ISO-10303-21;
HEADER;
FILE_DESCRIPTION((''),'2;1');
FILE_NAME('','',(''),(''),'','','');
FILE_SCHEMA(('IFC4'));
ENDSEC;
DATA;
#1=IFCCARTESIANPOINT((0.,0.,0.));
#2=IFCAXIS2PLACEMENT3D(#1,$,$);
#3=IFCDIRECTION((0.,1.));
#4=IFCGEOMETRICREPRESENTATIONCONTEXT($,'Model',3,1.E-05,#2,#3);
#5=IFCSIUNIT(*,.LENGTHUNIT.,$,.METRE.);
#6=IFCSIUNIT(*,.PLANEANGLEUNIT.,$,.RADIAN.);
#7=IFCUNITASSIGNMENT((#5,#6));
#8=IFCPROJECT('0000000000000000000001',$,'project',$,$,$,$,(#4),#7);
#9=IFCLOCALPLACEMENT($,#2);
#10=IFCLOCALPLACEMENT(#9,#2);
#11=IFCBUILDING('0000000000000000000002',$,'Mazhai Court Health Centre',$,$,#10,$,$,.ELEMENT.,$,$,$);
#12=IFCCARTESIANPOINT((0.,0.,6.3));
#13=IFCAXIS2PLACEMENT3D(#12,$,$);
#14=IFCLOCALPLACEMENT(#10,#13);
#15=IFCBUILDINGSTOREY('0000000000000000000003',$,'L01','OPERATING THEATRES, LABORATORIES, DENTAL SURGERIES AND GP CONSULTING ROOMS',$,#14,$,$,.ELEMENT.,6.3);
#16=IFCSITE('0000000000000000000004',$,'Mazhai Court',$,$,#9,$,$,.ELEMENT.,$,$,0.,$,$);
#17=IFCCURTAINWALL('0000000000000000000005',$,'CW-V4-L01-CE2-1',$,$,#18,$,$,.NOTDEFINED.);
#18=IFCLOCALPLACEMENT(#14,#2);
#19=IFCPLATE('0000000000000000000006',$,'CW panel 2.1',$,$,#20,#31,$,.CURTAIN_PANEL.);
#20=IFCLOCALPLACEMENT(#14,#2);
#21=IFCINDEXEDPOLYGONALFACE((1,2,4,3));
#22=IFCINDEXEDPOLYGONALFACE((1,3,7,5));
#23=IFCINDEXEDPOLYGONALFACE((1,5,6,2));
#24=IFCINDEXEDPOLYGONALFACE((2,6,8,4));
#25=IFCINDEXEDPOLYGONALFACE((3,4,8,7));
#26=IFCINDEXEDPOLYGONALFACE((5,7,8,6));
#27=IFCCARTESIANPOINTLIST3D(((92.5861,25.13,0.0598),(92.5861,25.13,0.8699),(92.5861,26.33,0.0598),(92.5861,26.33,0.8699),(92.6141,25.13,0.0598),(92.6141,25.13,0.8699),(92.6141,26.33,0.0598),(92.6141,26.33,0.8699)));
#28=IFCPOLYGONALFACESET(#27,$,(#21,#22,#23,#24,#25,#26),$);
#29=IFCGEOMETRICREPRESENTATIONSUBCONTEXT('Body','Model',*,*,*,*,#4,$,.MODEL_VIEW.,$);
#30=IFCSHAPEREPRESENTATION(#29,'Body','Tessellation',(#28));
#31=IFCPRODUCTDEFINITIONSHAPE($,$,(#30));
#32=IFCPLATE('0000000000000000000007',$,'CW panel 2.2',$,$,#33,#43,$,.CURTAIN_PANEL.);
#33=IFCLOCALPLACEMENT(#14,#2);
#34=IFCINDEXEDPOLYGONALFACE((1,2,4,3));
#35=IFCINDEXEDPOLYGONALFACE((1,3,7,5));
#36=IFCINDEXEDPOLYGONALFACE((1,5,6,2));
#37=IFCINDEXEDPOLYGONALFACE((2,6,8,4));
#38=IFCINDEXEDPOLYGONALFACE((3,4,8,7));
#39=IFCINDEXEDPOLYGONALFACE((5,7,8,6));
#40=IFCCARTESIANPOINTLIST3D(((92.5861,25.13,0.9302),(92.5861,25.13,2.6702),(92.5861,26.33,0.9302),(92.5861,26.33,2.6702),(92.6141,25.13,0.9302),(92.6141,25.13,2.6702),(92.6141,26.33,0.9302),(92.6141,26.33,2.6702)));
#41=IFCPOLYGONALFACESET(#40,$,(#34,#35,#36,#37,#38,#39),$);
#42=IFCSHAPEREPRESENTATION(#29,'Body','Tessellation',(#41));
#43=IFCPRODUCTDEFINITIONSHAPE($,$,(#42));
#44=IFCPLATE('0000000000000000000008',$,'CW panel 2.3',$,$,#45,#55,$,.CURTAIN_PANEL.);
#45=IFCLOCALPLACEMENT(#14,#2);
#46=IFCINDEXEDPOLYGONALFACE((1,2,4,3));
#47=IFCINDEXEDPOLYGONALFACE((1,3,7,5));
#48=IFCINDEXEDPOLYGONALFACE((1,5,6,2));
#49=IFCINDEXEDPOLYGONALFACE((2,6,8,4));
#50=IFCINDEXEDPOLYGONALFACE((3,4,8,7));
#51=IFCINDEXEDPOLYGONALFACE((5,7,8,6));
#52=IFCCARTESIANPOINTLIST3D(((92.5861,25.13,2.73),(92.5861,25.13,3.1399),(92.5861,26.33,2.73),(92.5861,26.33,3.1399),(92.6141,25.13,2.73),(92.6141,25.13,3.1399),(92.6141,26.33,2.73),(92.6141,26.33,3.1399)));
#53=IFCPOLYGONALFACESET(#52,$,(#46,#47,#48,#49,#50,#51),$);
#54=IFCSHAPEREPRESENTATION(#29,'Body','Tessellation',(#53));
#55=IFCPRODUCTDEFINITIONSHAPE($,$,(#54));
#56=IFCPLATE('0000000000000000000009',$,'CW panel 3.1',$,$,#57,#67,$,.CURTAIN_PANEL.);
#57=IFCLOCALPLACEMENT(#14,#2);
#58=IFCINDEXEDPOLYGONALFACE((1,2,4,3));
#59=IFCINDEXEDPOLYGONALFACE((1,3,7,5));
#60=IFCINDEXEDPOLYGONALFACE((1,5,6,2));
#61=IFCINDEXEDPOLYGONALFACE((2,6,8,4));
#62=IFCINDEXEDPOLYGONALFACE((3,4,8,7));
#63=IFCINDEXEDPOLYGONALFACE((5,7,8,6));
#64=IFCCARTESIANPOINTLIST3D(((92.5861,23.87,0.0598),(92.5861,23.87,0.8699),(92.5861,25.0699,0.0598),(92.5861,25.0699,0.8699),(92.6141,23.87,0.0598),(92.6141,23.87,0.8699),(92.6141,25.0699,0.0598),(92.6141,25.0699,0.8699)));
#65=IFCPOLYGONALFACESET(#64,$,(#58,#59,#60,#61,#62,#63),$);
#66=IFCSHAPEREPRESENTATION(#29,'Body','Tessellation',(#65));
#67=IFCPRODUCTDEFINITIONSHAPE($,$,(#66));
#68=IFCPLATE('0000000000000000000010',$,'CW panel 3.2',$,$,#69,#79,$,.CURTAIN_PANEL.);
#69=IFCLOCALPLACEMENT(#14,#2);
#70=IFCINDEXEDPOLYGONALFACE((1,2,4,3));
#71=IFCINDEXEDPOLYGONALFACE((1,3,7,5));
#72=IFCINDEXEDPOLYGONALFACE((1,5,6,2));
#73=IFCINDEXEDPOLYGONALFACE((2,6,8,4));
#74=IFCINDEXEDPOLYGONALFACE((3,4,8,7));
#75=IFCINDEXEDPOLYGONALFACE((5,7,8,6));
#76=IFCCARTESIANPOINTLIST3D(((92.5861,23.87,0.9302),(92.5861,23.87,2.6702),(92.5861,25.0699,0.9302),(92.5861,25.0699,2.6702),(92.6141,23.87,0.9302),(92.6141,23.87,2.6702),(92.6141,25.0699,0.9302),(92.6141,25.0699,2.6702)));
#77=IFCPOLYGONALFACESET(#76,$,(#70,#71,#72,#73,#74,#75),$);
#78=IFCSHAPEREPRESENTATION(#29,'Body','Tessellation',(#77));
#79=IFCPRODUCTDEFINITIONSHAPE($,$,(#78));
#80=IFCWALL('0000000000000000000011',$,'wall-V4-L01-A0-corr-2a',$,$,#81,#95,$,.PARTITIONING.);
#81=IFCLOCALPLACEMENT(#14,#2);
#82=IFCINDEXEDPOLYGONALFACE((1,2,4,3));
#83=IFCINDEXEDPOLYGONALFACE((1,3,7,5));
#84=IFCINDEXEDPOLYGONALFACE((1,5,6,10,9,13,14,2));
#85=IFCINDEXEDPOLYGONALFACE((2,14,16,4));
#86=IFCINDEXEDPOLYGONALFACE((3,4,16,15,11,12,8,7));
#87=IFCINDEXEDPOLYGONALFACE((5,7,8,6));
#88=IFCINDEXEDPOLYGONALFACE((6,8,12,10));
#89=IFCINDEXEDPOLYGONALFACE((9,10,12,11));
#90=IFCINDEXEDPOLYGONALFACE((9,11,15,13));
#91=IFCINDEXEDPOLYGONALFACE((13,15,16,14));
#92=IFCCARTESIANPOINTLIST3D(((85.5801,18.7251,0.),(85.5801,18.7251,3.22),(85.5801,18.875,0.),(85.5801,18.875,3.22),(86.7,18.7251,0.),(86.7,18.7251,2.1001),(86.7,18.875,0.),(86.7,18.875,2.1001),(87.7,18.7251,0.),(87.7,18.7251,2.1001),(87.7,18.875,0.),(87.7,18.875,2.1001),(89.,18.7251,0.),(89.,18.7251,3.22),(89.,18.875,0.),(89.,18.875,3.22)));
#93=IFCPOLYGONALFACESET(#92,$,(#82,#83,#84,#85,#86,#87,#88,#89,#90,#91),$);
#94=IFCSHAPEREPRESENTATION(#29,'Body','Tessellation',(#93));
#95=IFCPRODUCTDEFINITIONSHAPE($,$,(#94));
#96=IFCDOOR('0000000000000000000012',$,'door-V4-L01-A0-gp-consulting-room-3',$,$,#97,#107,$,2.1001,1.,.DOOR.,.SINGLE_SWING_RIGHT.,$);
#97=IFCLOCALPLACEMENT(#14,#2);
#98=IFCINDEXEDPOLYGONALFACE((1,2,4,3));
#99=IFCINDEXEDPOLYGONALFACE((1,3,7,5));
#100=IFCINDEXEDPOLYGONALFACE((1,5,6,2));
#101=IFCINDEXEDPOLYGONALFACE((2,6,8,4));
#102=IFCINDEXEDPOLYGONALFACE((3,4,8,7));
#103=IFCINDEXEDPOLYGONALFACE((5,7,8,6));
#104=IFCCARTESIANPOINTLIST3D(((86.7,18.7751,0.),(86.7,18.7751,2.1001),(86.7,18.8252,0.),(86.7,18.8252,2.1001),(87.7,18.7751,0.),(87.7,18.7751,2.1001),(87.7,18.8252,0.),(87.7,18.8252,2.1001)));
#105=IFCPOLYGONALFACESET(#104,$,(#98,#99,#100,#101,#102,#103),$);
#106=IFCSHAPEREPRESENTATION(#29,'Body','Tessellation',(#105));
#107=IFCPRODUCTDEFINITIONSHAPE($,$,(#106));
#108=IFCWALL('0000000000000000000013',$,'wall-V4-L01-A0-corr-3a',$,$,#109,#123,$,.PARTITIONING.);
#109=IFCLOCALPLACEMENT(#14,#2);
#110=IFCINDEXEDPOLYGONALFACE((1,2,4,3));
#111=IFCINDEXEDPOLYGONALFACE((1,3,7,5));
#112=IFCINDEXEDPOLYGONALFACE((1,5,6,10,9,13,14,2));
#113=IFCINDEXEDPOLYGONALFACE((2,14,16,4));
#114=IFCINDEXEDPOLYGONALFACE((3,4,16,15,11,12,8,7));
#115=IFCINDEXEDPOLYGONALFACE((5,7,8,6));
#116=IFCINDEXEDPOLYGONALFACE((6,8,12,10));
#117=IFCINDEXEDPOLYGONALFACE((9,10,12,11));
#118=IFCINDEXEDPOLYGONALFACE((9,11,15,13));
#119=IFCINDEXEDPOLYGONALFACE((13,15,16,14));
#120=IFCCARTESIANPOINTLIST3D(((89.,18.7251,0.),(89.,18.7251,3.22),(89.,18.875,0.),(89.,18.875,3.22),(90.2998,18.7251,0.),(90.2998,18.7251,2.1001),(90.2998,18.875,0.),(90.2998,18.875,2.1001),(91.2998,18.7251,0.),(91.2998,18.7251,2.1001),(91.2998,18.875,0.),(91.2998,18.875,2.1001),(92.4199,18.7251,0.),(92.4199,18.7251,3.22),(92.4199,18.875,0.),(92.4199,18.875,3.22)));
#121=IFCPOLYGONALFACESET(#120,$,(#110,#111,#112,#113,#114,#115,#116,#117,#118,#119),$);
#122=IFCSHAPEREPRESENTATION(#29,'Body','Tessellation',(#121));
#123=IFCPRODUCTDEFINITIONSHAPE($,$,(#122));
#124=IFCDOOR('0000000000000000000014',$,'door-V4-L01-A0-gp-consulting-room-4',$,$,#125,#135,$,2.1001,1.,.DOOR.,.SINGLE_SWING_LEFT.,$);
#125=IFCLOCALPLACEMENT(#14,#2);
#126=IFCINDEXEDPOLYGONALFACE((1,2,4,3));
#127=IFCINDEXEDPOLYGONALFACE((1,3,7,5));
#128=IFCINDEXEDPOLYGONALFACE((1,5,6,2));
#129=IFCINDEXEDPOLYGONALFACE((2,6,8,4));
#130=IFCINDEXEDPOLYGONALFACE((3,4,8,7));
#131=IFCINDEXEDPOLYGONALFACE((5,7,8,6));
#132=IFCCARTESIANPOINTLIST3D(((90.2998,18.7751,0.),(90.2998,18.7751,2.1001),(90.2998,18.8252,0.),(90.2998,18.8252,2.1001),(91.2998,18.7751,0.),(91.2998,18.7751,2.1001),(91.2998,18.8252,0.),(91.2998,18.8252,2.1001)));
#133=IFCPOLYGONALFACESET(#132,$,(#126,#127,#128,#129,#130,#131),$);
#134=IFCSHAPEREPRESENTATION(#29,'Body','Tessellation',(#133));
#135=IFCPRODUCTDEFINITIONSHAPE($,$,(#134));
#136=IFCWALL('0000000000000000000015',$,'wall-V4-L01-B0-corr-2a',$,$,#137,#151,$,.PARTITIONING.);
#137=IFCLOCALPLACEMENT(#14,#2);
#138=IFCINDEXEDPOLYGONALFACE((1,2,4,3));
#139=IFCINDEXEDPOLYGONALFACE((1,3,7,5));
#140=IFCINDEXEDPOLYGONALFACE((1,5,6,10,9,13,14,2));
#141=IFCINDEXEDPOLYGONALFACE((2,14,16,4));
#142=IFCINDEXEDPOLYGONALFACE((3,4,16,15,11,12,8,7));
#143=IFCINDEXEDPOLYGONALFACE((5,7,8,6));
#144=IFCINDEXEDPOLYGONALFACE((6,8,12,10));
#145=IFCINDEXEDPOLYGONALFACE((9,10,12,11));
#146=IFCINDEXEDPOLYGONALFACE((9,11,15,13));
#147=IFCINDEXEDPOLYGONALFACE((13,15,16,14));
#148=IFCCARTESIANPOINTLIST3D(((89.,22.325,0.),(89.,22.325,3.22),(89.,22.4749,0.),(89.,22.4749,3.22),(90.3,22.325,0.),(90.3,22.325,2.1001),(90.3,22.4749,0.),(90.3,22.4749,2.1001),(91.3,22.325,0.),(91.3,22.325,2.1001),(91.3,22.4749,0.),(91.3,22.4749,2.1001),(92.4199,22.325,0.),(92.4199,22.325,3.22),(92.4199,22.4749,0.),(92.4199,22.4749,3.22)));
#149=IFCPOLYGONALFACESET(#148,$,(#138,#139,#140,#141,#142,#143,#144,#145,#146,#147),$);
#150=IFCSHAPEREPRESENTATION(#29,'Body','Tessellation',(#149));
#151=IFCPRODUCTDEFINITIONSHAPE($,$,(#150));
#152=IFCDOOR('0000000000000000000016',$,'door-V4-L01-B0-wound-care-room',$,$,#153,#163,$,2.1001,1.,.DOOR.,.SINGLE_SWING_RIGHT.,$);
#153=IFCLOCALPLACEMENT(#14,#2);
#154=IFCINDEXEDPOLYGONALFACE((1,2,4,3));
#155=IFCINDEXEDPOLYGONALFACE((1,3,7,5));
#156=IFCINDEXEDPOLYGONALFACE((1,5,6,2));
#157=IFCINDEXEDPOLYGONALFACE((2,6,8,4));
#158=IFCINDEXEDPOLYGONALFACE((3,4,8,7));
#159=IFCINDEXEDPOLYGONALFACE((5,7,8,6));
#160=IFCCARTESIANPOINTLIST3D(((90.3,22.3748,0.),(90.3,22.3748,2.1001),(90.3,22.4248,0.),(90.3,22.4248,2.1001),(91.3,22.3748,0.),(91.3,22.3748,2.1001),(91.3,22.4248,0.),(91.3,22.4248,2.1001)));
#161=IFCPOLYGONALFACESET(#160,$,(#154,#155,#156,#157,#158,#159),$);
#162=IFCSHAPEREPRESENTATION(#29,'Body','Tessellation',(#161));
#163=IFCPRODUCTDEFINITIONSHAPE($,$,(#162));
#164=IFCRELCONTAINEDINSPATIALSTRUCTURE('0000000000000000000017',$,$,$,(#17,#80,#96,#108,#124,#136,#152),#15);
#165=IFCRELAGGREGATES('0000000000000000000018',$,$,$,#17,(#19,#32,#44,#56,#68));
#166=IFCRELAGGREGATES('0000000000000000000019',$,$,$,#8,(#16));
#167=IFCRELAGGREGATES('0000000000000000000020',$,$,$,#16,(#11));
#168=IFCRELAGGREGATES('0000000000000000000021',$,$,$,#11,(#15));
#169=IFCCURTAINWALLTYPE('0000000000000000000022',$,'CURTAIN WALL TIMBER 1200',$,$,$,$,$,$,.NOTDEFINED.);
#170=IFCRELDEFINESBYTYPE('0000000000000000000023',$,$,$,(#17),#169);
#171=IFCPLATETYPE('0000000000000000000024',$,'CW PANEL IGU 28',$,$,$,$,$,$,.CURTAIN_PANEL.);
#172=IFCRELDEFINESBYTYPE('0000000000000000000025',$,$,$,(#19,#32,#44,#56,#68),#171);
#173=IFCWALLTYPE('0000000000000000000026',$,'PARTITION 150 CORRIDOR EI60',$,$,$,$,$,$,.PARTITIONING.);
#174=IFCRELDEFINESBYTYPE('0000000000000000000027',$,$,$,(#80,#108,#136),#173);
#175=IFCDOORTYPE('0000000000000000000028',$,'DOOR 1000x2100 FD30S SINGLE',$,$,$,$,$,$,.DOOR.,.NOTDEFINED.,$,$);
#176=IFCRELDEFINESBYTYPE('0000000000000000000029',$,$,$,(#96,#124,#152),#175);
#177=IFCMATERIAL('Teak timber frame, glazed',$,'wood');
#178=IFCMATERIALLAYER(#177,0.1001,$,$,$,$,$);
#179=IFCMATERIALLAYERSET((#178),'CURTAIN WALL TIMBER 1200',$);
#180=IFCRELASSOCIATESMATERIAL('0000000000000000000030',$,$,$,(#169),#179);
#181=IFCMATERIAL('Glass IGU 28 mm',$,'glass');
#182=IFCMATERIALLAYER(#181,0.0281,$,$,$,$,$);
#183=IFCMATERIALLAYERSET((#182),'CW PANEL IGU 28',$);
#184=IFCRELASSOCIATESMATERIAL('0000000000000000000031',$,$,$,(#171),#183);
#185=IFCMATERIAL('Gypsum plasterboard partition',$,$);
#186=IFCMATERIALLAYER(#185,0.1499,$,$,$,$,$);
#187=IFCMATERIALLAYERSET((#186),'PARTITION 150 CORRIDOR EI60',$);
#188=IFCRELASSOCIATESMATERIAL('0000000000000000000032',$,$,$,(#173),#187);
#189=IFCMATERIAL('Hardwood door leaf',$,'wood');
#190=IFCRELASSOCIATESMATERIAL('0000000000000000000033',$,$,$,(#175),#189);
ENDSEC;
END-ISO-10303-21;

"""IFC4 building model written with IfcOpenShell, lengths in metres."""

from ifc_helpers import new_model, si_unit, direction, frame, frame_2d, origin, origin_2d, place, context, subcontext, project, spatial, rectangle, extrude, material, layer, layer_set, type_object, element, fill, aggregate, save


model = new_model("IFC4")

# Units and contexts
model_context = context("Model", 3, precision=1e-05, world=origin(), true_north=direction((0.0, 1.0)))
body_context = subcontext(model_context, "Body", "Model", "MODEL_VIEW")
ifc_project = project(units=[si_unit("LENGTHUNIT", "METRE"), si_unit("PLANEANGLEUNIT", "RADIAN")], contexts=[model_context])

# Site, building, storey
site_placement = place(None, origin())
site = spatial("IfcSite", under=ifc_project, at=site_placement, Name="Mazhai Court", CompositionType="ELEMENT", RefElevation=0.0)
building_placement = place(site_placement, origin())
building = spatial("IfcBuilding", under=site, at=building_placement, Name="Mazhai Court Health Centre", CompositionType="ELEMENT")
storey_placement = place(building_placement, frame((0.0, 0.0, 6.3)))
storey = spatial("IfcBuildingStorey", under=building, at=storey_placement, Name="L01", Description="OPERATING THEATRES, LABORATORIES, DENTAL SURGERIES AND GP CONSULTING ROOMS", CompositionType="ELEMENT", Elevation=6.3)

# Shared definitions
ifc_material_1 = material(Name="Teak timber frame, glazed", Category="wood")
ifc_layer_1 = layer(ifc_material_1, 0.1001)
ifc_layer_set_1 = layer_set([ifc_layer_1], Name="CURTAIN WALL TIMBER 1200")
curtain_wall_type = type_object("IfcCurtainWallType", Name="CURTAIN WALL TIMBER 1200", PredefinedType="NOTDEFINED", material=ifc_layer_set_1)

# Curtain wall
curtain_wall_1_placement = place(storey_placement, origin())
curtain_wall_1 = element("IfcCurtainWall", 1, at=curtain_wall_1_placement, inside=storey, type_object=curtain_wall_type, Name="CW-V4-L01-CE2-1", PredefinedType="NOTDEFINED")

# Plates
ifc_material_2 = material(Name="Glass IGU 28 mm", Category="glass")
ifc_layer_2 = layer(ifc_material_2, 0.0281)
ifc_layer_set_2 = layer_set([ifc_layer_2], Name="CW PANEL IGU 28")
plate_type = type_object("IfcPlateType", Name="CW PANEL IGU 28", PredefinedType="CURTAIN_PANEL", material=ifc_layer_set_2)
plate_1_placement = place(storey_placement, frame((92.6001, 25.73, 0.0598), z_axis=(0.0, 0.0, 1.0), x_axis=(0.0, -1.0, 0.0)))
plate_1 = element("IfcPlate", 2, at=plate_1_placement, type_object=plate_type, Name="CW panel 2.1", PredefinedType="CURTAIN_PANEL", context=body_context, shape_type="SweptSolid", body=[
    extrude(rectangle(XDim=1.2, YDim=0.0281, at=origin_2d()), origin(), (0.0, 0.0, 1.0), 0.8101),
])
plate_2_placement = place(storey_placement, frame((92.6001, 25.73, 0.9302), z_axis=(0.0, 0.0, 1.0), x_axis=(0.0, -1.0, 0.0)))
plate_2 = element("IfcPlate", 3, at=plate_2_placement, type_object=plate_type, Name="CW panel 2.2", PredefinedType="CURTAIN_PANEL", context=body_context, shape_type="SweptSolid", body=[
    extrude(rectangle(XDim=1.2, YDim=0.0281, at=origin_2d()), origin(), (0.0, 0.0, 1.0), 1.74),
])
plate_3_placement = place(storey_placement, frame((92.6001, 25.73, 2.73), z_axis=(0.0, 0.0, 1.0), x_axis=(0.0, -1.0, 0.0)))
plate_3 = element("IfcPlate", 4, at=plate_3_placement, type_object=plate_type, Name="CW panel 2.3", PredefinedType="CURTAIN_PANEL", context=body_context, shape_type="SweptSolid", body=[
    extrude(rectangle(XDim=1.2, YDim=0.0281, at=origin_2d()), origin(), (0.0, 0.0, 1.0), 0.4099),
])
plate_4_placement = place(storey_placement, frame((92.6001, 24.47, 0.0598), z_axis=(0.0, 0.0, 1.0), x_axis=(0.0, -1.0, 0.0)))
plate_4 = element("IfcPlate", 5, at=plate_4_placement, type_object=plate_type, Name="CW panel 3.1", PredefinedType="CURTAIN_PANEL", context=body_context, shape_type="SweptSolid", body=[
    extrude(rectangle(XDim=1.2, YDim=0.0281, at=origin_2d()), origin(), (0.0, 0.0, 1.0), 0.8101),
])
plate_5_placement = place(storey_placement, frame((92.6001, 24.47, 0.9302), z_axis=(0.0, 0.0, 1.0), x_axis=(0.0, -1.0, 0.0)))
plate_5 = element("IfcPlate", 6, at=plate_5_placement, type_object=plate_type, Name="CW panel 3.2", PredefinedType="CURTAIN_PANEL", context=body_context, shape_type="SweptSolid", body=[
    extrude(rectangle(XDim=1.2, YDim=0.0281, at=origin_2d()), origin(), (0.0, 0.0, 1.0), 1.74),
])
aggregate(curtain_wall_1, [plate_1, plate_2, plate_3, plate_4, plate_5])

# Walls, openings, doors
ifc_material_3 = material(Name="Gypsum plasterboard partition")
ifc_layer_3 = layer(ifc_material_3, 0.1499)
ifc_layer_set_3 = layer_set([ifc_layer_3], Name="PARTITION 150 CORRIDOR EI60")
wall_type = type_object("IfcWallType", Name="PARTITION 150 CORRIDOR EI60", PredefinedType="PARTITIONING", material=ifc_layer_set_3)
wall_1_placement = place(storey_placement, frame((89.0, 18.8, 0.0), z_axis=(0.0, 0.0, 1.0), x_axis=(-1.0, 0.0, 0.0)))
wall_1 = element("IfcWall", 7, at=wall_1_placement, inside=storey, type_object=wall_type, Name="wall-V4-L01-A0-corr-2a", PredefinedType="PARTITIONING", context=body_context, shape_type="SweptSolid", body=[
    extrude(rectangle(XDim=3.4199, YDim=0.1499, at=frame_2d((1.71, 0.0))), origin(), (0.0, 0.0, 1.0), 3.22),
])
opening_1_placement = place(wall_1_placement, frame((1.3, 0.0, 0.0)))
opening_1 = element("IfcOpeningElement", 8, at=opening_1_placement, cuts=wall_1, PredefinedType="OPENING", context=body_context, shape_type="SweptSolid", body=[
    extrude(rectangle(XDim=1.0, YDim=2.1001, at=frame_2d((0.5, 1.05))), frame((0.0, 0.085, 0.0), z_axis=(0.0, -1.0, 0.0), x_axis=(1.0, 0.0, 0.0)), (0.0, 0.0, 1.0), 0.1699),
])
ifc_material_4 = material(Name="Hardwood door leaf", Category="wood")
door_type = type_object("IfcDoorType", Name="DOOR 1000x2100 FD30S SINGLE", OperationType="NOTDEFINED", PredefinedType="DOOR", material=ifc_material_4)
door_1_placement = place(opening_1_placement, origin())
door_1 = element("IfcDoor", 9, at=door_1_placement, inside=storey, type_object=door_type, Name="door-V4-L01-A0-gp-consulting-room-3", OperationType="SINGLE_SWING_RIGHT", OverallHeight=2.1001, OverallWidth=1.0, PredefinedType="DOOR", context=body_context, shape_type="SweptSolid", body=[
    extrude(rectangle(XDim=1.0, YDim=2.1001, at=frame_2d((0.5, 1.05))), frame((0.0, 0.0249, 0.0), z_axis=(0.0, -1.0, 0.0), x_axis=(1.0, 0.0, 0.0)), (0.0, 0.0, 1.0), 0.05),
])
fill(opening_1, door_1)
wall_2_placement = place(storey_placement, frame((92.4199, 18.8, 0.0), z_axis=(0.0, 0.0, 1.0), x_axis=(-1.0, 0.0, 0.0)))
wall_2 = element("IfcWall", 10, at=wall_2_placement, inside=storey, type_object=wall_type, Name="wall-V4-L01-A0-corr-3a", PredefinedType="PARTITIONING", context=body_context, shape_type="SweptSolid", body=[
    extrude(rectangle(XDim=3.4199, YDim=0.1499, at=frame_2d((1.71, 0.0))), origin(), (0.0, 0.0, 1.0), 3.22),
])
opening_2_placement = place(wall_2_placement, frame((1.1201, 0.0, 0.0)))
opening_2 = element("IfcOpeningElement", 11, at=opening_2_placement, cuts=wall_2, PredefinedType="OPENING", context=body_context, shape_type="SweptSolid", body=[
    extrude(rectangle(XDim=1.0, YDim=2.1001, at=frame_2d((0.5, 1.05))), frame((0.0, 0.085, 0.0), z_axis=(0.0, -1.0, 0.0), x_axis=(1.0, 0.0, 0.0)), (0.0, 0.0, 1.0), 0.1699),
])
door_2_placement = place(opening_2_placement, origin())
door_2 = element("IfcDoor", 12, at=door_2_placement, inside=storey, type_object=door_type, Name="door-V4-L01-A0-gp-consulting-room-4", OperationType="SINGLE_SWING_LEFT", OverallHeight=2.1001, OverallWidth=1.0, PredefinedType="DOOR", context=body_context, shape_type="SweptSolid", body=[
    extrude(rectangle(XDim=1.0, YDim=2.1001, at=frame_2d((0.5, 1.05))), frame((0.0, 0.0249, 0.0), z_axis=(0.0, -1.0, 0.0), x_axis=(1.0, 0.0, 0.0)), (0.0, 0.0, 1.0), 0.05),
])
fill(opening_2, door_2)
wall_3_placement = place(storey_placement, frame((89.0, 22.3999, 0.0), z_axis=(0.0, 0.0, 1.0), x_axis=(1.0, 0.0, 0.0)))
wall_3 = element("IfcWall", 13, at=wall_3_placement, inside=storey, type_object=wall_type, Name="wall-V4-L01-B0-corr-2a", PredefinedType="PARTITIONING", context=body_context, shape_type="SweptSolid", body=[
    extrude(rectangle(XDim=3.4199, YDim=0.1499, at=frame_2d((1.71, 0.0))), origin(), (0.0, 0.0, 1.0), 3.22),
])
opening_3_placement = place(wall_3_placement, frame((1.3, 0.0, 0.0)))
opening_3 = element("IfcOpeningElement", 14, at=opening_3_placement, cuts=wall_3, PredefinedType="OPENING", context=body_context, shape_type="SweptSolid", body=[
    extrude(rectangle(XDim=1.0, YDim=2.1001, at=frame_2d((0.5, 1.05))), frame((0.0, 0.085, 0.0), z_axis=(0.0, -1.0, 0.0), x_axis=(1.0, 0.0, 0.0)), (0.0, 0.0, 1.0), 0.1699),
])
door_3_placement = place(opening_3_placement, origin())
door_3 = element("IfcDoor", 15, at=door_3_placement, inside=storey, type_object=door_type, Name="door-V4-L01-B0-wound-care-room", OperationType="SINGLE_SWING_RIGHT", OverallHeight=2.1001, OverallWidth=1.0, PredefinedType="DOOR", context=body_context, shape_type="SweptSolid", body=[
    extrude(rectangle(XDim=1.0, YDim=2.1001, at=frame_2d((0.5, 1.05))), frame((0.0, 0.0249, 0.0), z_axis=(0.0, -1.0, 0.0), x_axis=(1.0, 0.0, 0.0)), (0.0, 0.0, 1.0), 0.05),
])
fill(opening_3, door_3)

save(model, "model.ifc")
